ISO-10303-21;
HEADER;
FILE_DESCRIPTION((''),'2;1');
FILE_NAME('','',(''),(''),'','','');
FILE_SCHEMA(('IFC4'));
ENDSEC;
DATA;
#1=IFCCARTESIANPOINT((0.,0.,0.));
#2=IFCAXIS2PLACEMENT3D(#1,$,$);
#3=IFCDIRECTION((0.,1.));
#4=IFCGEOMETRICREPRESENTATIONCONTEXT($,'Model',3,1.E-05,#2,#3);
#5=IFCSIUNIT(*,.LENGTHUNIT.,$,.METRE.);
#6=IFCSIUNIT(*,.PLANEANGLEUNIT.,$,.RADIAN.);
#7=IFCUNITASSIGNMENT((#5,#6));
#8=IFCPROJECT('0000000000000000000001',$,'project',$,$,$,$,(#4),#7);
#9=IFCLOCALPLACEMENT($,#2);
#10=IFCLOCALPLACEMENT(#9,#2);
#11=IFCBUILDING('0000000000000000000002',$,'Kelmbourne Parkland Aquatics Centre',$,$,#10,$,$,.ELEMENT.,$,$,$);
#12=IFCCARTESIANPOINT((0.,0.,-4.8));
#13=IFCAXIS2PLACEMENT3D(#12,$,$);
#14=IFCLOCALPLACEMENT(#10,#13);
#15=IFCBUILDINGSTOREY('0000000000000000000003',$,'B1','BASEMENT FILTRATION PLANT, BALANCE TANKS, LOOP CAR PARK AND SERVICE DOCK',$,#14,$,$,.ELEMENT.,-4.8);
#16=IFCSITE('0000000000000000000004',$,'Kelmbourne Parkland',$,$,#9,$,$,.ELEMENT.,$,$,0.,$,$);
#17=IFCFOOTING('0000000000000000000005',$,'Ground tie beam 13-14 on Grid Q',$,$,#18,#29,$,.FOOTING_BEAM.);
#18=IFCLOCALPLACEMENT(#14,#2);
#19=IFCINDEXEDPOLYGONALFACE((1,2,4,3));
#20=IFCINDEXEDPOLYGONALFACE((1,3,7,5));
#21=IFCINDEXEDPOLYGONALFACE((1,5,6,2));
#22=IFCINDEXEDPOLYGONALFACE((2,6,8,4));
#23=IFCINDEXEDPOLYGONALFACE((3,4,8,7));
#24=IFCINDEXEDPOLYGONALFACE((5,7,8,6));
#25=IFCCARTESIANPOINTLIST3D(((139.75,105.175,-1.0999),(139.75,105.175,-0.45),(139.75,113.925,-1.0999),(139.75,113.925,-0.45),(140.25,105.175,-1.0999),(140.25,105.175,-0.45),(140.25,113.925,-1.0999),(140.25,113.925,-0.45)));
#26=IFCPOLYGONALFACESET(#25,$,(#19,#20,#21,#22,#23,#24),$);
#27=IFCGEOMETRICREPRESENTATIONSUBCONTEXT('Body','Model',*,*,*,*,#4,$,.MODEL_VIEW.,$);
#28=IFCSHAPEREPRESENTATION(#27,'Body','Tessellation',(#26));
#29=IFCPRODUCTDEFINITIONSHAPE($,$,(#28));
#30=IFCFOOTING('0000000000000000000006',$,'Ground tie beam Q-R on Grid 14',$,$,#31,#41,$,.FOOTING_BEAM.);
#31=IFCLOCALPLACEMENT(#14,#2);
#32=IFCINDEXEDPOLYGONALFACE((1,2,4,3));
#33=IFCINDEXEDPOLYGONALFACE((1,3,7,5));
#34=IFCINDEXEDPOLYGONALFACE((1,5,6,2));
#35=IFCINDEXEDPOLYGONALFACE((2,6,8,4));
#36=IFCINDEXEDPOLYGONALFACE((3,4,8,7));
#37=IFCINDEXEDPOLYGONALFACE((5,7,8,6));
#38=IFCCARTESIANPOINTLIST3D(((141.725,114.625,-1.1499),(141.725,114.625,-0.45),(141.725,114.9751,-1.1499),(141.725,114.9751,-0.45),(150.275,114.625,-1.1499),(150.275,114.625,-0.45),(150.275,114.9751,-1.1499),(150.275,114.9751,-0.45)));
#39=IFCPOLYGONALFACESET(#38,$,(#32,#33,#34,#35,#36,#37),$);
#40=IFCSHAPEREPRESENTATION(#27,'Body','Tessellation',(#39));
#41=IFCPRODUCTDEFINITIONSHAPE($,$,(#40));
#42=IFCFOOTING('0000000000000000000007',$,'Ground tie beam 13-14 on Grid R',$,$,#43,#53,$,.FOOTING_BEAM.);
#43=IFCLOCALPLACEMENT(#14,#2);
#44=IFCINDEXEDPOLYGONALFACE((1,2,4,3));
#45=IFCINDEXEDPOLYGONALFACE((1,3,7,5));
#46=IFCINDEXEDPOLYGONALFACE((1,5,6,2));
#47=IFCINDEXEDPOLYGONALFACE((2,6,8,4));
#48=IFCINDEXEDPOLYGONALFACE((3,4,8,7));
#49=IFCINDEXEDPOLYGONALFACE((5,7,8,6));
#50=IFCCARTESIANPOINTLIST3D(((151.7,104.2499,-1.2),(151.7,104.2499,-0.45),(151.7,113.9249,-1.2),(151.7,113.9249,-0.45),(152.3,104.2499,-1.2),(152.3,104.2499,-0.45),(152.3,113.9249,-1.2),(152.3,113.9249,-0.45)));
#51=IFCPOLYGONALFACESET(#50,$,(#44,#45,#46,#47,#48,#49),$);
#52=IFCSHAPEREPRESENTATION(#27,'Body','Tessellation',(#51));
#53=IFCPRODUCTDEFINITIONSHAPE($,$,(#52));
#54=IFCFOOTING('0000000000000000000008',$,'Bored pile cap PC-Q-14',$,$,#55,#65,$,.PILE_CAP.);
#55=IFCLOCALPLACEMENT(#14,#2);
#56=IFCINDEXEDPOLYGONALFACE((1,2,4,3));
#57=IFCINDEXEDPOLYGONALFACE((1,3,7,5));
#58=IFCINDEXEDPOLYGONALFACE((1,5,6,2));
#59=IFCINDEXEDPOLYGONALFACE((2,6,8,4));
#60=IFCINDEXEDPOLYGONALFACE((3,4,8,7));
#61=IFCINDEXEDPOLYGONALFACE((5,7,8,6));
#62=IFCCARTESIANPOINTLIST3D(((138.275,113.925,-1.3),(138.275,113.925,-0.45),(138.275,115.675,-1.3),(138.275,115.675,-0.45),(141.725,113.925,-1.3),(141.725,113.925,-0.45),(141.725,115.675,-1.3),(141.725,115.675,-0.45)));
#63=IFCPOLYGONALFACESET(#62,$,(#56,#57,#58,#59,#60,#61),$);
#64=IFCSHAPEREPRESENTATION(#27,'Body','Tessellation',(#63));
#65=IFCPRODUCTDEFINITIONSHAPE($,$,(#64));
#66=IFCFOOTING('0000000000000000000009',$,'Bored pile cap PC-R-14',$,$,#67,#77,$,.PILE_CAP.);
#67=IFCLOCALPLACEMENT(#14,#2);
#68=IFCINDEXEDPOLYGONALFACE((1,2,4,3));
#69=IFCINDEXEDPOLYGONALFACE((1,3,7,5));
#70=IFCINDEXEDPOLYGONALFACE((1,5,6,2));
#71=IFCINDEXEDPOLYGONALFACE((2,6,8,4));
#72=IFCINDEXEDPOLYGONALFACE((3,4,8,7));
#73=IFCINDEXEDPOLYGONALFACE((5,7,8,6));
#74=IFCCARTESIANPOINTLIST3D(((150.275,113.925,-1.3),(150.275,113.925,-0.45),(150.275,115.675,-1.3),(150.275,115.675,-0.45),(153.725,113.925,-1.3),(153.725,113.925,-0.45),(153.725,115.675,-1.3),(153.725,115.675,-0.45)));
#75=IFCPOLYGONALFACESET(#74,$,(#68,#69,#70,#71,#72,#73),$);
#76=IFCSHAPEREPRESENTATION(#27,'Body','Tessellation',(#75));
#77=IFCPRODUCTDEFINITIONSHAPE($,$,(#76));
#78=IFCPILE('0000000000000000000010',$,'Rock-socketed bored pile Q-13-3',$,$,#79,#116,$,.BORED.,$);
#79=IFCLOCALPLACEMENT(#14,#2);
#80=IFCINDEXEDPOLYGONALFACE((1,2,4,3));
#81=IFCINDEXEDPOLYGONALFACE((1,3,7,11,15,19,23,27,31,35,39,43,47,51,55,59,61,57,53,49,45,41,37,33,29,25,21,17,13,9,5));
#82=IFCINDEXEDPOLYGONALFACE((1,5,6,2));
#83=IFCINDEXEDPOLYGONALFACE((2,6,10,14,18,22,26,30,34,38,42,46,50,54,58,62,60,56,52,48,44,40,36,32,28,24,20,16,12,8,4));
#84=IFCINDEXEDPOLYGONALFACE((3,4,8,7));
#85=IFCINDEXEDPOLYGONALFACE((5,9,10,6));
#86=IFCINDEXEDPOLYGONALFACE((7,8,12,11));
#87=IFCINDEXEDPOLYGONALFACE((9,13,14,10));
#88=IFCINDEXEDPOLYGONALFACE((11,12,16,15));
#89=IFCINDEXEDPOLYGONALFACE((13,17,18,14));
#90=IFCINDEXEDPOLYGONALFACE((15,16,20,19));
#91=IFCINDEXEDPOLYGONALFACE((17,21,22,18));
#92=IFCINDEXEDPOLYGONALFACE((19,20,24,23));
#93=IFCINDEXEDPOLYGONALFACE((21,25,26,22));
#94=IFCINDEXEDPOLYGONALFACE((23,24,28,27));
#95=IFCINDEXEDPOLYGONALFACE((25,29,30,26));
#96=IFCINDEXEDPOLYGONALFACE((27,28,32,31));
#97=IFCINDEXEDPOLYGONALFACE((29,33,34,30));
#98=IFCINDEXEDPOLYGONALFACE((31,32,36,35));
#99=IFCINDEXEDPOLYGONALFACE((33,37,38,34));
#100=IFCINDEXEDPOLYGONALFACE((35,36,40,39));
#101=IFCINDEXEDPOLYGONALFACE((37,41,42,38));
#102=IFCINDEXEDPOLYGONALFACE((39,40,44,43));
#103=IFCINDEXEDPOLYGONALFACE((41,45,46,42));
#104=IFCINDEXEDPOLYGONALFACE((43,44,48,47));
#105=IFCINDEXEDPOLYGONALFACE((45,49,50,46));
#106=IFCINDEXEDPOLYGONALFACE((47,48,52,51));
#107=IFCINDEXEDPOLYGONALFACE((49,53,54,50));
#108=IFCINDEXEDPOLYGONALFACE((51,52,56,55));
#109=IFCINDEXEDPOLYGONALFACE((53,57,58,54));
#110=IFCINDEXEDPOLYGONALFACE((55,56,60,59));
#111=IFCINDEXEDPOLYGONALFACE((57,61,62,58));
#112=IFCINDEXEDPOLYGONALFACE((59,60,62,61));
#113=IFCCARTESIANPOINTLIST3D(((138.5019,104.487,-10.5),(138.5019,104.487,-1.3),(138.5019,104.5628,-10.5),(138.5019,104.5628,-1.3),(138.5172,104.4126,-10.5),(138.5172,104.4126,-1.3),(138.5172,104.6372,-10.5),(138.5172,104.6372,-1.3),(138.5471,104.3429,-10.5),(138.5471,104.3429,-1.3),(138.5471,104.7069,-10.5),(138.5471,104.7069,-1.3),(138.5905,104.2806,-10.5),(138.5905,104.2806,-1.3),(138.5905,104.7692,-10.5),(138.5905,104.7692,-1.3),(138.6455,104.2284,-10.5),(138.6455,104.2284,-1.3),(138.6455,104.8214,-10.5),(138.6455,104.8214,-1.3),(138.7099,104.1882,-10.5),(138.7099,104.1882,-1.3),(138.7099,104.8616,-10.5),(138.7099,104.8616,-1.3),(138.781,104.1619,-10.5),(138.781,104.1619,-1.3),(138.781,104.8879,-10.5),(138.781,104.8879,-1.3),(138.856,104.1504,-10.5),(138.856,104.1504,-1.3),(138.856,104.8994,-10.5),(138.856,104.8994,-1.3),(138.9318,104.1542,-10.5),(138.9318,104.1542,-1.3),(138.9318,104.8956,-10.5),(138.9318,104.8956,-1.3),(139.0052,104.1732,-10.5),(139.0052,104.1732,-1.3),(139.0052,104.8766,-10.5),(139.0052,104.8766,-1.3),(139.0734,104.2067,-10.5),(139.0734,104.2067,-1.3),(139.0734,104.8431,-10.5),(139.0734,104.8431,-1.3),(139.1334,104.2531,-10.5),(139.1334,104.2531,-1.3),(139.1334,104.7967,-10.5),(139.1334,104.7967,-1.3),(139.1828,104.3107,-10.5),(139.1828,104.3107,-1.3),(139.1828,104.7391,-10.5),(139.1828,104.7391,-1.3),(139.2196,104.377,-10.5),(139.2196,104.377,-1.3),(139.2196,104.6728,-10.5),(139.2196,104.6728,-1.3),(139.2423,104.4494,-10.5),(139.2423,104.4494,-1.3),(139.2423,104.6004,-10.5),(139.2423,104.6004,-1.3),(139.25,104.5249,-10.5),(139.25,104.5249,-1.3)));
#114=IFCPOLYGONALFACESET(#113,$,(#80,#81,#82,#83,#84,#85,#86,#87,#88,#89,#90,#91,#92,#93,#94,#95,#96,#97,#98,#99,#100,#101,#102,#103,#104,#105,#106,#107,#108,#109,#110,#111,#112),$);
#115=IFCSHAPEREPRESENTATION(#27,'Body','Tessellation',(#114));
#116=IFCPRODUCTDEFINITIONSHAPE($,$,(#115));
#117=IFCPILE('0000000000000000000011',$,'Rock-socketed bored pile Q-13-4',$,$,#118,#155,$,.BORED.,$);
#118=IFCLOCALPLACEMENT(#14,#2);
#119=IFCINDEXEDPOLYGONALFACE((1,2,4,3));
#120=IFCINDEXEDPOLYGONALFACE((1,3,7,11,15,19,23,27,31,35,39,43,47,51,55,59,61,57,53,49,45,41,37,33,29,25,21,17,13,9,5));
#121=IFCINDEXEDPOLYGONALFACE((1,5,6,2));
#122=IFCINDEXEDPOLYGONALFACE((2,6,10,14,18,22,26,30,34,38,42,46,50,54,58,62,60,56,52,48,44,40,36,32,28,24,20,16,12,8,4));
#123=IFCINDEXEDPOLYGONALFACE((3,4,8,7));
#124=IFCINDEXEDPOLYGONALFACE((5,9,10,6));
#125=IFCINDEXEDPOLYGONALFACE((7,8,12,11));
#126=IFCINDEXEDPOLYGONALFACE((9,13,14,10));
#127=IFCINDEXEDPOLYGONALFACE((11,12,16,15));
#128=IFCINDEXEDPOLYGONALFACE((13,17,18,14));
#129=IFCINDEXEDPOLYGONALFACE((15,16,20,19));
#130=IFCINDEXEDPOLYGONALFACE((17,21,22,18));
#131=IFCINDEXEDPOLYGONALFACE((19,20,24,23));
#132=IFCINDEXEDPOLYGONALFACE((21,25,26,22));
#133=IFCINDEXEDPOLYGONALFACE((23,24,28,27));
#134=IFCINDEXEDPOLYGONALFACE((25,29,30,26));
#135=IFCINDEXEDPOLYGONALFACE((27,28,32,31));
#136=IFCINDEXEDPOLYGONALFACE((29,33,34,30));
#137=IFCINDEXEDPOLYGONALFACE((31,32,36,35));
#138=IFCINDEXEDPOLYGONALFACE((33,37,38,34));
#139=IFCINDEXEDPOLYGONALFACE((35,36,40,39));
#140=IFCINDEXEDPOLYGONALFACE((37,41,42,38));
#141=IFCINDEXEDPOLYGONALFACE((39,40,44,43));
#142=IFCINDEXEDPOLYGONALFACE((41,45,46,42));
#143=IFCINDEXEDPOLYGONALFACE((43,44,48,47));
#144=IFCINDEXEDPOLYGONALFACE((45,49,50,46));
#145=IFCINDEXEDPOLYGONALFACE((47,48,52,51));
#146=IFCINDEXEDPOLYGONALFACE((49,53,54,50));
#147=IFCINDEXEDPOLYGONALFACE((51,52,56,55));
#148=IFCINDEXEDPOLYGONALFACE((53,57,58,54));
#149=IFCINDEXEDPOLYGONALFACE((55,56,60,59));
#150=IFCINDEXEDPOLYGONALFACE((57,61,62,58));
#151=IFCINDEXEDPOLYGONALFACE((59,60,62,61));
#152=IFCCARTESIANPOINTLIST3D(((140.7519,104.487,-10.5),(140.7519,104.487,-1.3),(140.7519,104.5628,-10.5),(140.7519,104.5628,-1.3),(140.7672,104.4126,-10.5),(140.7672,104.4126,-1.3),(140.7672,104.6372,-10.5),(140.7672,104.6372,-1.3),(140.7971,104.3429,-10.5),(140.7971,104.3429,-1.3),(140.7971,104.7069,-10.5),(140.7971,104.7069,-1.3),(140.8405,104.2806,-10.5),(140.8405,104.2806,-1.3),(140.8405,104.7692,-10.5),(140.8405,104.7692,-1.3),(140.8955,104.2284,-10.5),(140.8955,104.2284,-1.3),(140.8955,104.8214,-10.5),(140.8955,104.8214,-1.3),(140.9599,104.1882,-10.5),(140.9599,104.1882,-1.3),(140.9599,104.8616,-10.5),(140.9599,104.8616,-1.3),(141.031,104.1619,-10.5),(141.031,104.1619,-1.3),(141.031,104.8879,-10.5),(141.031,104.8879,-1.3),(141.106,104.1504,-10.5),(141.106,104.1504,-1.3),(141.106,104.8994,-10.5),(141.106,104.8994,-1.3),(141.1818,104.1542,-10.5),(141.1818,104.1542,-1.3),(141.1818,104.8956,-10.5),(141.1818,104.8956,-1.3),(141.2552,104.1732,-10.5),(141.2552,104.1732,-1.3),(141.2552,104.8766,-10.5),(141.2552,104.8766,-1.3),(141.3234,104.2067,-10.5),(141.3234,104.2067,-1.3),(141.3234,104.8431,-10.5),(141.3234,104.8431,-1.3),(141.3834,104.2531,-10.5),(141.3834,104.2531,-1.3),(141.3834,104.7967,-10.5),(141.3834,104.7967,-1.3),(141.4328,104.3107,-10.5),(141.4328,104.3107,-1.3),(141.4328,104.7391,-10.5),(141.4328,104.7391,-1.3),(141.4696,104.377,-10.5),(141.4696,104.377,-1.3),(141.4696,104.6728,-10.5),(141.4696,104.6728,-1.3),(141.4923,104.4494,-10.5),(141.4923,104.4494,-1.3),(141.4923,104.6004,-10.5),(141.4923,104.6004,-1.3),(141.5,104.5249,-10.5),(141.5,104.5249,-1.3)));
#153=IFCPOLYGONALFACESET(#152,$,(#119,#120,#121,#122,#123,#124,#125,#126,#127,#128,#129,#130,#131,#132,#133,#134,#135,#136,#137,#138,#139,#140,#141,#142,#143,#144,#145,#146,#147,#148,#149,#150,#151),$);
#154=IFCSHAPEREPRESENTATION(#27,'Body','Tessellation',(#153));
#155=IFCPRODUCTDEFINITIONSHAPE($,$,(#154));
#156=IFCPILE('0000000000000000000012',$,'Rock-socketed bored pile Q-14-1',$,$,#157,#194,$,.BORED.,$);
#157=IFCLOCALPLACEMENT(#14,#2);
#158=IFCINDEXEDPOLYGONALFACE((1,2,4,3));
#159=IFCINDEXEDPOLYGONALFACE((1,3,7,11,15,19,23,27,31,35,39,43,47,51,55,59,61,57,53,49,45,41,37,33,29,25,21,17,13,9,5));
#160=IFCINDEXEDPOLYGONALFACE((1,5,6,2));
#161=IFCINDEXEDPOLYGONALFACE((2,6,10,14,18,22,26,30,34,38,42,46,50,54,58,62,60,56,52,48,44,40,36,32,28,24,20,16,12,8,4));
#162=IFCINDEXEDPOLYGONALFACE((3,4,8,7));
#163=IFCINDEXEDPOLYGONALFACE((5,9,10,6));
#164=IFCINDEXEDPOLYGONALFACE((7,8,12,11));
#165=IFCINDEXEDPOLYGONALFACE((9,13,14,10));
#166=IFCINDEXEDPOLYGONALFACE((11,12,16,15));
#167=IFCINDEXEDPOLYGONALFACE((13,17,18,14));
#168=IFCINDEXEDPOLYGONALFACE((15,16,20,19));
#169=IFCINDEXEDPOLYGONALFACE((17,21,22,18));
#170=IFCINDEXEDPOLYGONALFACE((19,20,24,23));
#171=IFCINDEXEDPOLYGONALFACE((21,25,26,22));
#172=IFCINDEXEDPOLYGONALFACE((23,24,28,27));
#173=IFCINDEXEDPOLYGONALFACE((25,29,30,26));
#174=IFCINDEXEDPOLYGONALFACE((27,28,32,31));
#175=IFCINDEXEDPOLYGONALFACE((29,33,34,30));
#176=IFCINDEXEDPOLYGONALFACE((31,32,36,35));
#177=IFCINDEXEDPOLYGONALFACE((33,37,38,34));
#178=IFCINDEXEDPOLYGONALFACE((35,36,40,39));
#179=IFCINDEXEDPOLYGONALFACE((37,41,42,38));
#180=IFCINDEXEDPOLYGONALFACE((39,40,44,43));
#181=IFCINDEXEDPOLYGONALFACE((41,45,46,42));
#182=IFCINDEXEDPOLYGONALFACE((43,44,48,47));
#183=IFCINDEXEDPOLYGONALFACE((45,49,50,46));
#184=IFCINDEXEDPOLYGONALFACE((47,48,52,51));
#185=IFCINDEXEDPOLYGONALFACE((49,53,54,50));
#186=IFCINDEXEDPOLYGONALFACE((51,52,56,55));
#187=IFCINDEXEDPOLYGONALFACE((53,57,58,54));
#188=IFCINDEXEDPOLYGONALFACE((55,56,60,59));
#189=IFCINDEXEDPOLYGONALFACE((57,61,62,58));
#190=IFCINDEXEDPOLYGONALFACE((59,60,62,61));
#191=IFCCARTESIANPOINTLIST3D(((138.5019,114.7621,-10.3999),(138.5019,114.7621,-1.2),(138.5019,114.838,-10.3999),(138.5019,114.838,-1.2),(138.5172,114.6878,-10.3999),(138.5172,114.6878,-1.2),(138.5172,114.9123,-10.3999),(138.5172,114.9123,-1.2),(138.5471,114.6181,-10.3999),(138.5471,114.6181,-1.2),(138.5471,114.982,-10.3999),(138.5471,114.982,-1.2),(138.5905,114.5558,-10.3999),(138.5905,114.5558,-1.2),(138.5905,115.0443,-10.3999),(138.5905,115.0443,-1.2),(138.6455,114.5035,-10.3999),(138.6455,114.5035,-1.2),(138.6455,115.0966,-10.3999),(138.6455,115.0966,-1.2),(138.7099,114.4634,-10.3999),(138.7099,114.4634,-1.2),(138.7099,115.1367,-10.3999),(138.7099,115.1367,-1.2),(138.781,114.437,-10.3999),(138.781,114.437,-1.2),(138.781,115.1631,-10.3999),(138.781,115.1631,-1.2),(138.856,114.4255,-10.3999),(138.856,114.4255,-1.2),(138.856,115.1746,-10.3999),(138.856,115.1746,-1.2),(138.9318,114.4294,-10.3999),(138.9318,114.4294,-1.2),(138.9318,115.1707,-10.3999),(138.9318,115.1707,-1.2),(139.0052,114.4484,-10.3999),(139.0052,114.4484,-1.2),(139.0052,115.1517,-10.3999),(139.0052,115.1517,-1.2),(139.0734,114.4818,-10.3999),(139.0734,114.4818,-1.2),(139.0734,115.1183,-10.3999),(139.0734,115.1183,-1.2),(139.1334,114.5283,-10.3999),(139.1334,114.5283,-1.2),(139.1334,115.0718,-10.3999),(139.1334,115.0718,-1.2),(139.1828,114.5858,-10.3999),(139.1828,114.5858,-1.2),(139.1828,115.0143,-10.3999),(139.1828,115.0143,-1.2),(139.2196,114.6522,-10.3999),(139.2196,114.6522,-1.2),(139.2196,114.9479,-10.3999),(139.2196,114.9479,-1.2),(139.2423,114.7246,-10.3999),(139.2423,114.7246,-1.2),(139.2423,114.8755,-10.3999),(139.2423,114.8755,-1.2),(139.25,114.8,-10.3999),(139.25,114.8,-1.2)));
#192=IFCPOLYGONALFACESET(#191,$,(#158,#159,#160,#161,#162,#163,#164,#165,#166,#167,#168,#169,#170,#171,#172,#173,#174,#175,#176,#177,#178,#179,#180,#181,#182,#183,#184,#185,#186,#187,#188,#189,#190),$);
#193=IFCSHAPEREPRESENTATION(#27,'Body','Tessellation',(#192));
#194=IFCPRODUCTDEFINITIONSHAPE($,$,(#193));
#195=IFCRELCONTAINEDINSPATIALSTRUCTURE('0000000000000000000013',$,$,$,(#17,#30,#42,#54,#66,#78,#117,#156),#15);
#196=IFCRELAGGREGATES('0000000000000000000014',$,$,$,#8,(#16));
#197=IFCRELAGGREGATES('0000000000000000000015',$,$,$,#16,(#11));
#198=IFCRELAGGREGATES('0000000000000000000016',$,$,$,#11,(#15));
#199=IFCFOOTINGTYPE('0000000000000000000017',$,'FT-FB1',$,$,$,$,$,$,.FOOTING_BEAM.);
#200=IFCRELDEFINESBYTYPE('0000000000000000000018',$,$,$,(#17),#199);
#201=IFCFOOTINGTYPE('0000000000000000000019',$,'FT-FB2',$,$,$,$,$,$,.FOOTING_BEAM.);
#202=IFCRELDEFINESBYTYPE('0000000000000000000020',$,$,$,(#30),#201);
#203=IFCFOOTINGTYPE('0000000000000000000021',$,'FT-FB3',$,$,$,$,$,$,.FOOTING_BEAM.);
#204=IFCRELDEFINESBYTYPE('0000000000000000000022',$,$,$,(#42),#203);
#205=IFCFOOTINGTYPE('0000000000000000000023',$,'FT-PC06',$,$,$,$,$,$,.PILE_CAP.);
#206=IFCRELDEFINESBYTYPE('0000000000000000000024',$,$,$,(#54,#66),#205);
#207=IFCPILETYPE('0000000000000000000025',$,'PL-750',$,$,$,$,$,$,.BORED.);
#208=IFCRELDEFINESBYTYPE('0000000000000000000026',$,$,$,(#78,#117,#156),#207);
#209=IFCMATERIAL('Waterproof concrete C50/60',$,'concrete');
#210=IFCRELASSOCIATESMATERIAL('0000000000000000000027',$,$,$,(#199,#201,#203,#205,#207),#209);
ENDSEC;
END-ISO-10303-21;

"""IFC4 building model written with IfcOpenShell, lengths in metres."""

from ifc_helpers import new_model, si_unit, direction, frame, origin, origin_2d, place, context, subcontext, project, spatial, rectangle, circle, extrude, material, material_profile, profile_set, type_object, element, save


model = new_model("IFC4")

# Units and contexts
model_context = context("Model", 3, precision=1e-05, world=origin(), true_north=direction((0.0, 1.0)))
body_context = subcontext(model_context, "Body", "Model", "MODEL_VIEW")
ifc_project = project(units=[si_unit("LENGTHUNIT", "METRE"), si_unit("PLANEANGLEUNIT", "RADIAN")], contexts=[model_context])

# Site, building, storey
site_placement = place(None, origin())
site = spatial("IfcSite", under=ifc_project, at=site_placement, Name="Kelmbourne Parkland", CompositionType="ELEMENT", RefElevation=0.0)
building_placement = place(site_placement, origin())
building = spatial("IfcBuilding", under=site, at=building_placement, Name="Kelmbourne Parkland Aquatics Centre", CompositionType="ELEMENT")
storey_placement = place(building_placement, frame((0.0, 0.0, -4.8)))
storey = spatial("IfcBuildingStorey", under=building, at=storey_placement, Name="B1", Description="BASEMENT FILTRATION PLANT, BALANCE TANKS, LOOP CAR PARK AND SERVICE DOCK", CompositionType="ELEMENT", Elevation=-4.8)

# Footings
ifc_material_1 = material(Name="Waterproof concrete C50/60", Category="concrete")
footing_type_1 = type_object("IfcFootingType", Name="FT-FB1", PredefinedType="FOOTING_BEAM", material=ifc_material_1)
footing_1_placement = place(storey_placement, frame((140.0, 109.55, -1.0999), z_axis=(0.0, 0.0, 1.0), x_axis=(0.0, 1.0, 0.0)))
element("IfcFooting", 1, at=footing_1_placement, inside=storey, type_object=footing_type_1, Name="Ground tie beam 13-14 on Grid Q", PredefinedType="FOOTING_BEAM", context=body_context, shape_type="SweptSolid", body=[
    extrude(rectangle(XDim=8.75, YDim=0.5, at=origin_2d()), origin(), (0.0, 0.0, 1.0), 0.6499),
])
footing_type_2 = type_object("IfcFootingType", Name="FT-FB2", PredefinedType="FOOTING_BEAM", material=ifc_material_1)
footing_2_placement = place(storey_placement, frame((146.0, 114.8, -1.1499), z_axis=(0.0, 0.0, 1.0), x_axis=(1.0, 0.0, 0.0)))
element("IfcFooting", 2, at=footing_2_placement, inside=storey, type_object=footing_type_2, Name="Ground tie beam Q-R on Grid 14", PredefinedType="FOOTING_BEAM", context=body_context, shape_type="SweptSolid", body=[
    extrude(rectangle(XDim=8.55, YDim=0.3501, at=origin_2d()), origin(), (0.0, 0.0, 1.0), 0.7),
])
footing_type_3 = type_object("IfcFootingType", Name="FT-FB3", PredefinedType="FOOTING_BEAM", material=ifc_material_1)
footing_3_placement = place(storey_placement, frame((152.0, 109.0874, -1.2), z_axis=(0.0, 0.0, 1.0), x_axis=(0.0, 1.0, 0.0)))
element("IfcFooting", 3, at=footing_3_placement, inside=storey, type_object=footing_type_3, Name="Ground tie beam 13-14 on Grid R", PredefinedType="FOOTING_BEAM", context=body_context, shape_type="SweptSolid", body=[
    extrude(rectangle(XDim=9.675, YDim=0.6001, at=origin_2d()), origin(), (0.0, 0.0, 1.0), 0.75),
])
footing_type_4 = type_object("IfcFootingType", Name="FT-PC06", PredefinedType="PILE_CAP", material=ifc_material_1)
for number, where, z_axis, x_axis, name in (
    (4, (140.0, 114.8, -1.3), (0.0, 0.0, 1.0), (1.0, 0.0, 0.0), "Bored pile cap PC-Q-14"),
    (5, (152.0, 114.8, -1.3), (0.0, 0.0, 1.0), (1.0, 0.0, 0.0), "Bored pile cap PC-R-14"),
):
    element("IfcFooting", number, at=place(storey_placement, frame(where, z_axis=z_axis, x_axis=x_axis)), inside=storey, type_object=footing_type_4, Name=name, PredefinedType="PILE_CAP", context=body_context, shape_type="SweptSolid", body=[
        extrude(rectangle(XDim=3.45, YDim=1.75, at=origin_2d()), origin(), (0.0, 0.0, 1.0), 0.8501),
    ])

# Piles
ifc_material_profile_1 = material_profile(ifc_material_1, circle(Radius=0.375, at=origin_2d()), Name="PILE D750")
ifc_profile_set_1 = profile_set([ifc_material_profile_1], Name="Waterproof concrete C50/60")
pile_type = type_object("IfcPileType", Name="PL-750", PredefinedType="BORED", material=ifc_profile_set_1)
for number, where, z_axis, x_axis, name in (
    (6, (138.875, 104.5249, -1.3), (0.0, 0.0, -1.0), (1.0, 0.0, 0.0), "Rock-socketed bored pile Q-13-3"),
    (7, (141.125, 104.5249, -1.3), (0.0, 0.0, -1.0), (1.0, 0.0, 0.0), "Rock-socketed bored pile Q-13-4"),
    (8, (138.875, 114.8, -1.2), (0.0, 0.0, -1.0), (1.0, 0.0, 0.0), "Rock-socketed bored pile Q-14-1"),
):
    element("IfcPile", number, at=place(storey_placement, frame(where, z_axis=z_axis, x_axis=x_axis)), inside=storey, type_object=pile_type, Name=name, PredefinedType="BORED", context=body_context, shape_type="SweptSolid", body=[
        extrude(circle(Radius=0.375, at=origin_2d()), origin(), (0.0, 0.0, 1.0), 9.2),
    ])

save(model, "model.ifc")
